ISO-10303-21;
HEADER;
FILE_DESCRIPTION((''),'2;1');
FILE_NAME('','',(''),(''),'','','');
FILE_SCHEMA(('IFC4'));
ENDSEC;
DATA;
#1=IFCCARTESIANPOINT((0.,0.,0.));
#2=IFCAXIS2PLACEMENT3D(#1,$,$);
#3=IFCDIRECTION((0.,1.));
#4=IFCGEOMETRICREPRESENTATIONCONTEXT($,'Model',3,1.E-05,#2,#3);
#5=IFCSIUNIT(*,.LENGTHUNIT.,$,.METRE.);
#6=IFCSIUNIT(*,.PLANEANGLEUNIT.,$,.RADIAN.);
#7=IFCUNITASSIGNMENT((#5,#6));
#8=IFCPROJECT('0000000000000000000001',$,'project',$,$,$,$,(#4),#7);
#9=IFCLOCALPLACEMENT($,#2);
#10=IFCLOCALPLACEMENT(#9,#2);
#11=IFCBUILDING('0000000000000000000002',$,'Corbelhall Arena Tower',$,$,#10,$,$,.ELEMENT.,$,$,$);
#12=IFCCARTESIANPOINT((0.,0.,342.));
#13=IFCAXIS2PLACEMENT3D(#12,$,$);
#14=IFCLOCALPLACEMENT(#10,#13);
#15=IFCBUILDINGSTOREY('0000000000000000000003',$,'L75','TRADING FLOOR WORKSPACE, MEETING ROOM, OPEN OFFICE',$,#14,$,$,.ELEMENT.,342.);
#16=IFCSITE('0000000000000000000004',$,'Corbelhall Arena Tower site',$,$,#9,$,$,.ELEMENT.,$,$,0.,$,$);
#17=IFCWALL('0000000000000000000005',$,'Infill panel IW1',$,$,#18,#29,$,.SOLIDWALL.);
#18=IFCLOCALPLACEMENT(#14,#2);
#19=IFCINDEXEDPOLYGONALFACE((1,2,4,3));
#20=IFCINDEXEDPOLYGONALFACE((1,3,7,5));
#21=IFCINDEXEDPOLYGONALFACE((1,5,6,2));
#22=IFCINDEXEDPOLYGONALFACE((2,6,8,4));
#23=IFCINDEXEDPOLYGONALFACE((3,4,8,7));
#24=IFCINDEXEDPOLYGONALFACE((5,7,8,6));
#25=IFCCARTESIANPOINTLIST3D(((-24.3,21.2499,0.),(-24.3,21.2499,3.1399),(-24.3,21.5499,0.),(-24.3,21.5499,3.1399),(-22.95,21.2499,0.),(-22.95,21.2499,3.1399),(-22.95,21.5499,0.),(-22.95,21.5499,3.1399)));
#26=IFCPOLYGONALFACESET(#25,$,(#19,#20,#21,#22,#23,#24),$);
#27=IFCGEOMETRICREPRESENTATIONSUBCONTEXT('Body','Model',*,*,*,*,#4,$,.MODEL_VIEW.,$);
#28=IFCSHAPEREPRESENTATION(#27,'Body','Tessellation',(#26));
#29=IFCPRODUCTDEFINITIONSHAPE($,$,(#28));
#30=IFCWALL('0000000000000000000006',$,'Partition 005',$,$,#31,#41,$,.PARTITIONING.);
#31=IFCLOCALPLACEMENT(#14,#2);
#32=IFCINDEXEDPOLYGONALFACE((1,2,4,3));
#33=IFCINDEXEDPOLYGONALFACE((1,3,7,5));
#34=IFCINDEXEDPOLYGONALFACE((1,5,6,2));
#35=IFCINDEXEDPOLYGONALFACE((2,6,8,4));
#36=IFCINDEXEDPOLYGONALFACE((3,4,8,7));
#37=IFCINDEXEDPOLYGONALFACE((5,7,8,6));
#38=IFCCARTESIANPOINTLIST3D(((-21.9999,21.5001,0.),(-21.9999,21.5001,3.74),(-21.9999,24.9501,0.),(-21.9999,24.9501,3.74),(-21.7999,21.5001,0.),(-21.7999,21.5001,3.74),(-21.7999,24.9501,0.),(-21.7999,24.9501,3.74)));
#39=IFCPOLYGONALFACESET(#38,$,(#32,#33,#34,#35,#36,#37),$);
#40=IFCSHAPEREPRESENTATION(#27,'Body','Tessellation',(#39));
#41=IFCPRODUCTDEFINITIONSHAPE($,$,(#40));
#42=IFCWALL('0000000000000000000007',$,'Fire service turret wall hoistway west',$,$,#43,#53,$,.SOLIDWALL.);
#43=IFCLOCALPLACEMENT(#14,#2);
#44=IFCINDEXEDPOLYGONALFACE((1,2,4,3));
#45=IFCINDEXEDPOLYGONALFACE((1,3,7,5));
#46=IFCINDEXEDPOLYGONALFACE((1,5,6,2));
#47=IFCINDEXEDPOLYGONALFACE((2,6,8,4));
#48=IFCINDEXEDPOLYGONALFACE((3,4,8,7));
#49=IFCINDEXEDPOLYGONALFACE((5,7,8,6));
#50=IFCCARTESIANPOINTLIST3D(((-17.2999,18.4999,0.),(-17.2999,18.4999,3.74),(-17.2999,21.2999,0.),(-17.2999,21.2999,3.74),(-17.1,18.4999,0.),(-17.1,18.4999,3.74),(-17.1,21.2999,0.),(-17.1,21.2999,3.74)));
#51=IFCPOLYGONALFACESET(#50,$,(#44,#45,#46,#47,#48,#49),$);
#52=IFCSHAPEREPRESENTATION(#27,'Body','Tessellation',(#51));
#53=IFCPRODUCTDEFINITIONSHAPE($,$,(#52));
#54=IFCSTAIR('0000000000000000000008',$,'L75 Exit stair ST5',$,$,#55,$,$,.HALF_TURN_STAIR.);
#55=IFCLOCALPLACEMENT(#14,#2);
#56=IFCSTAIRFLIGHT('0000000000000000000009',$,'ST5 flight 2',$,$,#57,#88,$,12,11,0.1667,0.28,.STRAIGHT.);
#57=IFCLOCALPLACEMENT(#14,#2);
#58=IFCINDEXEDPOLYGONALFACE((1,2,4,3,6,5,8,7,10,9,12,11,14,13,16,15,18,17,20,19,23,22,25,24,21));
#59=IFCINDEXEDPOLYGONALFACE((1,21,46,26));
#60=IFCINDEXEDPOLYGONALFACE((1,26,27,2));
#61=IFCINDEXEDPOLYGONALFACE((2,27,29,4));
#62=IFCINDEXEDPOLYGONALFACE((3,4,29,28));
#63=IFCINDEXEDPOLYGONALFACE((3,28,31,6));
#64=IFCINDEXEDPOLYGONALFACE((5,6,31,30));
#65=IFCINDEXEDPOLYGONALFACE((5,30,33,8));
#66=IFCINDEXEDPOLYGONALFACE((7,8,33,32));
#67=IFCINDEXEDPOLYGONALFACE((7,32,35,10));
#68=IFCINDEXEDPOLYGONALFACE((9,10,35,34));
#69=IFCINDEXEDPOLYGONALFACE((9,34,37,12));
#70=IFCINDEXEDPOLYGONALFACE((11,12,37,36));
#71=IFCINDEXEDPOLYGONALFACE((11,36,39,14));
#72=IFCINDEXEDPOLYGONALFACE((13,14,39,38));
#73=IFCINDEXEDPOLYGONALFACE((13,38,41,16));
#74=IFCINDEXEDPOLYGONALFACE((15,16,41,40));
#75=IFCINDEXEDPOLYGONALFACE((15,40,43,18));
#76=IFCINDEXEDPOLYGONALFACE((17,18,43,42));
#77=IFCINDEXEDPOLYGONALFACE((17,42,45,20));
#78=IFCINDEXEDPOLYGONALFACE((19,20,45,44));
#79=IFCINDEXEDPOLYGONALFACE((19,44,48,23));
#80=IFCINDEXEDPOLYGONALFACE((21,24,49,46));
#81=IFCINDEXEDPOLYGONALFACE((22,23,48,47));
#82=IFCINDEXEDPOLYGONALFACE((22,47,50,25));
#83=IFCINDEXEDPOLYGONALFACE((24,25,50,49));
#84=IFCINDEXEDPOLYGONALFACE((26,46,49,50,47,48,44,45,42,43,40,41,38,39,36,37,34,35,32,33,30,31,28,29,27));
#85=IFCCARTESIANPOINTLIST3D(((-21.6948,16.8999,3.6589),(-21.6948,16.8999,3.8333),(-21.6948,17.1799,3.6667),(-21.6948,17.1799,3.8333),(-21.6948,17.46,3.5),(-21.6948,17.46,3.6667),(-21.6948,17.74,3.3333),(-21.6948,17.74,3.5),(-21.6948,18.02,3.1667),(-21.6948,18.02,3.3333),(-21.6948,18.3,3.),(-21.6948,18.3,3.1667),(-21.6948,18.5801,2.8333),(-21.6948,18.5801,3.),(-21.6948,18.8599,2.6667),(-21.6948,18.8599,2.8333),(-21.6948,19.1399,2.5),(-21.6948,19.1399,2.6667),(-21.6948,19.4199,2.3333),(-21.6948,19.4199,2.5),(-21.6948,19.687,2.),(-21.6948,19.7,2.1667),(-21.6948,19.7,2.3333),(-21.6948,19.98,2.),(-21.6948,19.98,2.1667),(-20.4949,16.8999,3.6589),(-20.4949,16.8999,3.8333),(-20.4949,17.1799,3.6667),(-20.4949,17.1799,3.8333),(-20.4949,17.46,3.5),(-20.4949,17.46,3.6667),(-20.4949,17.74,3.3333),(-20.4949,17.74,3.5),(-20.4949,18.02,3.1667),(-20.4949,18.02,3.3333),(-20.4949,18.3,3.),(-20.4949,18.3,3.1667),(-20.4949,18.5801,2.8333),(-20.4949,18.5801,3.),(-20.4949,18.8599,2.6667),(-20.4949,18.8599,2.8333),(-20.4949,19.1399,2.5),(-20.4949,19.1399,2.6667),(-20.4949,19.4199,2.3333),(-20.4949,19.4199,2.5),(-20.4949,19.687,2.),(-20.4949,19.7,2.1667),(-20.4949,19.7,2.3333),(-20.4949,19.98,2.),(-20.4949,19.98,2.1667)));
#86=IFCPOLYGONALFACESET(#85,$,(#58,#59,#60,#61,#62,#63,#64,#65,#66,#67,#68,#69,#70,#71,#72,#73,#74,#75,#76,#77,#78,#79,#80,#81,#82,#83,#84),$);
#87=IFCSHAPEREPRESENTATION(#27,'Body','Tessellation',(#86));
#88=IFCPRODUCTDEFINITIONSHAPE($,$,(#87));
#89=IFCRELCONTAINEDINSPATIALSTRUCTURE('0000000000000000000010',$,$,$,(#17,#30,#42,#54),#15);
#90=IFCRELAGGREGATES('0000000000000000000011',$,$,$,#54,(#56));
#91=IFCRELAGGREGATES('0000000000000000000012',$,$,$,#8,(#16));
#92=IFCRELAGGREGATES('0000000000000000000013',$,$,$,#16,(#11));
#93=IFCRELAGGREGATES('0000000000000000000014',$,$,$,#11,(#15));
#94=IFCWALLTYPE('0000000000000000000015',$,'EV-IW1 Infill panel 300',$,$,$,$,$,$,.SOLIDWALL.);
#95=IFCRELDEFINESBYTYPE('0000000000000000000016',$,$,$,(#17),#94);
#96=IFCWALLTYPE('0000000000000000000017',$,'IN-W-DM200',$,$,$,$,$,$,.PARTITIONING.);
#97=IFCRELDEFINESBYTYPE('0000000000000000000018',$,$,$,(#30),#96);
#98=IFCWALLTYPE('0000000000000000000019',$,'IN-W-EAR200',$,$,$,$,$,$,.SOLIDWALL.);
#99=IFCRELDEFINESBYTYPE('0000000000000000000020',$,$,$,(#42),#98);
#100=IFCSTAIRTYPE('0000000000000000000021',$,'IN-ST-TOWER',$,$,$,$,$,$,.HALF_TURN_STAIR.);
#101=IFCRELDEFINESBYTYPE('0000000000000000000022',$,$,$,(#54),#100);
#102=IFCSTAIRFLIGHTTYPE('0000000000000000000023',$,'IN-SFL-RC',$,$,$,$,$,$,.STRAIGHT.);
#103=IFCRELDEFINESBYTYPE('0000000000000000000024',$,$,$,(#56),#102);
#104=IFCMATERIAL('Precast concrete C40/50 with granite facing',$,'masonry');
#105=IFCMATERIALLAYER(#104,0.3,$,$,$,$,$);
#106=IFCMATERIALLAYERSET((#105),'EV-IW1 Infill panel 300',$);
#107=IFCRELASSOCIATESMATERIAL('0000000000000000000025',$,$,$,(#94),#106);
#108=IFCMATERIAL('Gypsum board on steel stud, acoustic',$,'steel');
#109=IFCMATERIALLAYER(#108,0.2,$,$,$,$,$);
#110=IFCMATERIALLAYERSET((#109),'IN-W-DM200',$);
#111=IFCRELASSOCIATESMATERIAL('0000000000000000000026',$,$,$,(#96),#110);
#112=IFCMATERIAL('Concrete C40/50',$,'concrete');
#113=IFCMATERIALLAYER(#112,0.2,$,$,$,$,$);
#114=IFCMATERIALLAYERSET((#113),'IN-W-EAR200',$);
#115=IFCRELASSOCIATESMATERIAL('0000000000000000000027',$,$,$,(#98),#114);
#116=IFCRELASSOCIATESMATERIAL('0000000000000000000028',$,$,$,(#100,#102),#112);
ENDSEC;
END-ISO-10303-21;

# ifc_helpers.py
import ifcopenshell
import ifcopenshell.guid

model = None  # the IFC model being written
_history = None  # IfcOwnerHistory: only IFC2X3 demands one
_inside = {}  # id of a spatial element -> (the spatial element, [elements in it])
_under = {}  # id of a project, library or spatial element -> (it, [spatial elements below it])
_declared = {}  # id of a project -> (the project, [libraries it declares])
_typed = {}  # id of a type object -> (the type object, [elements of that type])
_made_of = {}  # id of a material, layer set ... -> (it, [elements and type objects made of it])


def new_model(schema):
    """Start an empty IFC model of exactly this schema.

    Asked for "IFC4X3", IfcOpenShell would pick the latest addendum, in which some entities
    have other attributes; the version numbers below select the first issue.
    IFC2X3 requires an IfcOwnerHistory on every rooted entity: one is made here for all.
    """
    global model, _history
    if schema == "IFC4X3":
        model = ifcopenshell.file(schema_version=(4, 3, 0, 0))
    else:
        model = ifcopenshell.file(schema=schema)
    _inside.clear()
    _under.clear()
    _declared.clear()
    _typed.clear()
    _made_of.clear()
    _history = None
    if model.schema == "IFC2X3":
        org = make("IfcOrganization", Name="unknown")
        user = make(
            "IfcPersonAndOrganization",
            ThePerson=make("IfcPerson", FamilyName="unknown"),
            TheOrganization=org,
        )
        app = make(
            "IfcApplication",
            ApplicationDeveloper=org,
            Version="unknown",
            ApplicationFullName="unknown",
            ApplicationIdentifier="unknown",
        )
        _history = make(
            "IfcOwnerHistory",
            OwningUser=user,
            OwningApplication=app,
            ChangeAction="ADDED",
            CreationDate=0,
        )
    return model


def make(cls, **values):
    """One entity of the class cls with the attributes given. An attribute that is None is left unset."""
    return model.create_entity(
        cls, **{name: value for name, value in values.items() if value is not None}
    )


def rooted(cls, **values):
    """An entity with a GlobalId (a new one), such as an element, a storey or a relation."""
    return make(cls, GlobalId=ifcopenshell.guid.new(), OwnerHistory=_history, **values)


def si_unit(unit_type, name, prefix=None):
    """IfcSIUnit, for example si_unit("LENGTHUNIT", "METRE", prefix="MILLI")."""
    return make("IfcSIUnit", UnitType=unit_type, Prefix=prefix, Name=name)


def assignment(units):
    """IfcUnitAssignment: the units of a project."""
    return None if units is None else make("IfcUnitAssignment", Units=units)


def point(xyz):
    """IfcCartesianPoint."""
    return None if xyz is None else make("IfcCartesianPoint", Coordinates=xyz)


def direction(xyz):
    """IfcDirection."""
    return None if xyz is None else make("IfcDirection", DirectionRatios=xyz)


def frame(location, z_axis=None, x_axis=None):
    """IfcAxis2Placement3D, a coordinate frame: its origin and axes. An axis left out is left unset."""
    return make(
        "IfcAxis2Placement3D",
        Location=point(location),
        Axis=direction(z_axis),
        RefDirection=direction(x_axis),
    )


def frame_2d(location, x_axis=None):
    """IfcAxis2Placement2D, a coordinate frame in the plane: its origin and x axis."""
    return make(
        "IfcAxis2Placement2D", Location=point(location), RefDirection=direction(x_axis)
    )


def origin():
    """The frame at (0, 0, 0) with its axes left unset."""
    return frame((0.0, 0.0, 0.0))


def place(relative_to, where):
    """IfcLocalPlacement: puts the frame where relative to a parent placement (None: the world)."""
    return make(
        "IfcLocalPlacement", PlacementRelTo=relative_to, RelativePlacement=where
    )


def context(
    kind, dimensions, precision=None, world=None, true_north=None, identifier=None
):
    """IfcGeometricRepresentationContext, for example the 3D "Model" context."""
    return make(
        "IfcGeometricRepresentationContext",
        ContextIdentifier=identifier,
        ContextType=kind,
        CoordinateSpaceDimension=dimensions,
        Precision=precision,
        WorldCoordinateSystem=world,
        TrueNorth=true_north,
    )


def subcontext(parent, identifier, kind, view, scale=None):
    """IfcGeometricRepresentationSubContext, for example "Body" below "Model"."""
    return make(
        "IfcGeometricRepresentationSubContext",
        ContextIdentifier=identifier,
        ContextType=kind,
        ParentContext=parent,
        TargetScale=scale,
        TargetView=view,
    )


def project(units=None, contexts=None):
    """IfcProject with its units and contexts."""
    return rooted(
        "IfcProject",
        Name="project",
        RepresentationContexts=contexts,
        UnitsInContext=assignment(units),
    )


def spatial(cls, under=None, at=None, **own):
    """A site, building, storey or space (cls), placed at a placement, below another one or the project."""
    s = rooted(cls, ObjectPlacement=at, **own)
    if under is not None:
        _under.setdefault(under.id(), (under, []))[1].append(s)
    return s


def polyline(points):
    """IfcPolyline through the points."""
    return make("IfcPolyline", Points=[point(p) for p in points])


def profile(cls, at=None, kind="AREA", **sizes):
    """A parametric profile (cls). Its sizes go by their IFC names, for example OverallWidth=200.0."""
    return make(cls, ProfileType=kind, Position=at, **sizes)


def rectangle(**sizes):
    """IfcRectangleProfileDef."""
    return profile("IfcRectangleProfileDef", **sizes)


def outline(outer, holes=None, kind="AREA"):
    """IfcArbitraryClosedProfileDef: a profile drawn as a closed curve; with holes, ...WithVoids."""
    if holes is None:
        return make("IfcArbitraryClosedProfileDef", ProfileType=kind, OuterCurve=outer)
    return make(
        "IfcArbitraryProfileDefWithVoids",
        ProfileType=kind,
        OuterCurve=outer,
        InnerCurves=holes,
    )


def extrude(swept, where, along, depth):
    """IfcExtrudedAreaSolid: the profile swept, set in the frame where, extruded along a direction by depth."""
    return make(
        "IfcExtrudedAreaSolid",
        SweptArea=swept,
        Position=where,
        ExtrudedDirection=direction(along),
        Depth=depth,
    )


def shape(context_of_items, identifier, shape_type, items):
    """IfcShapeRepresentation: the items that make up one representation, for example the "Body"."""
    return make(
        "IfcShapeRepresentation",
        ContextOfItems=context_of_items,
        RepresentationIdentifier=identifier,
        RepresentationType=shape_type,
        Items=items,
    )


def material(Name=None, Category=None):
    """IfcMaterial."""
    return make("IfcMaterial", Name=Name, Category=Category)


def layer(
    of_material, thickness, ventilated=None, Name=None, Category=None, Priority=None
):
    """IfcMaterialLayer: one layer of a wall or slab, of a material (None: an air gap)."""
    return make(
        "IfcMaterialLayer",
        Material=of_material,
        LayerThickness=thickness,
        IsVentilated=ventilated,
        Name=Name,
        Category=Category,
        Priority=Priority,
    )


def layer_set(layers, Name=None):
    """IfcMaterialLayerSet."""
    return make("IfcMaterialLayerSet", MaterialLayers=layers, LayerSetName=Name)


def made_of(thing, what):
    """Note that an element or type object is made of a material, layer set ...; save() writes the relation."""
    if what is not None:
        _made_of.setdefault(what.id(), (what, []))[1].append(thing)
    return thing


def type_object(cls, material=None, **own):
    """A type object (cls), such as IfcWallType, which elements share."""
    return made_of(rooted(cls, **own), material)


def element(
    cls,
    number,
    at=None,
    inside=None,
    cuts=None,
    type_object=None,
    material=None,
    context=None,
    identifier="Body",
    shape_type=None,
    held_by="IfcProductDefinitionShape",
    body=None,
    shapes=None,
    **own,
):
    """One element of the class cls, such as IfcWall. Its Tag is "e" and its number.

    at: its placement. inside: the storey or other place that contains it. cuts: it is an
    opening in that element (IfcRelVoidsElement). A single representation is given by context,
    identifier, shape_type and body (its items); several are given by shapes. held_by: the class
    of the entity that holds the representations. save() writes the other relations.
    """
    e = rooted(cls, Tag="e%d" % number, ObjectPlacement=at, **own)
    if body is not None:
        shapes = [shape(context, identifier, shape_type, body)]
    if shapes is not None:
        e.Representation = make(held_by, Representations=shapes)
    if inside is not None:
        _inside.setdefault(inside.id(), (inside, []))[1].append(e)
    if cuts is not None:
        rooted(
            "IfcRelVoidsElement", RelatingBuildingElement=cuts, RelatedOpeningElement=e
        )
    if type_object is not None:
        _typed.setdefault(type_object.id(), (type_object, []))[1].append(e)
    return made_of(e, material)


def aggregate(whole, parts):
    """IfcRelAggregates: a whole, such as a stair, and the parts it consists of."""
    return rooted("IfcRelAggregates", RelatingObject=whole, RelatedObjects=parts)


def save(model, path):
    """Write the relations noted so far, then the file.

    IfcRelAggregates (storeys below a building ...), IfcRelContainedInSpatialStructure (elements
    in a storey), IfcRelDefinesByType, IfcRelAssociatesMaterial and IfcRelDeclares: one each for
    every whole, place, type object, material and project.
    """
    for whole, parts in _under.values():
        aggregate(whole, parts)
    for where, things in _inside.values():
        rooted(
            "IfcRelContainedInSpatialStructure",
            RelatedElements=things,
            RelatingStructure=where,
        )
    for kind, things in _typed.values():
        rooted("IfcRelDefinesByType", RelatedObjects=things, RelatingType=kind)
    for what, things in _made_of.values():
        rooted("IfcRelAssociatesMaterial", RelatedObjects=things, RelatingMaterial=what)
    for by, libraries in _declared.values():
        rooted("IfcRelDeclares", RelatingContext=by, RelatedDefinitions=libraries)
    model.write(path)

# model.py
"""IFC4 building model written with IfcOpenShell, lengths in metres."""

from ifc_helpers import new_model, si_unit, direction, frame, frame_2d, origin, place, context, subcontext, project, spatial, polyline, rectangle, outline, extrude, material, layer, layer_set, type_object, element, aggregate, save


model = new_model("IFC4")

# Units and contexts
model_context = context("Model", 3, precision=1e-05, world=origin(), true_north=direction((0.0, 1.0)))
body_context = subcontext(model_context, "Body", "Model", "MODEL_VIEW")
ifc_project = project(units=[si_unit("LENGTHUNIT", "METRE"), si_unit("PLANEANGLEUNIT", "RADIAN")], contexts=[model_context])

# Site, building, storey
site_placement = place(None, origin())
site = spatial("IfcSite", under=ifc_project, at=site_placement, Name="Corbelhall Arena Tower site", CompositionType="ELEMENT", RefElevation=0.0)
building_placement = place(site_placement, origin())
building = spatial("IfcBuilding", under=site, at=building_placement, Name="Corbelhall Arena Tower", CompositionType="ELEMENT")
storey_placement = place(building_placement, frame((0.0, 0.0, 342.0)))
storey = spatial("IfcBuildingStorey", under=building, at=storey_placement, Name="L75", Description="TRADING FLOOR WORKSPACE, MEETING ROOM, OPEN OFFICE", CompositionType="ELEMENT", Elevation=342.0)

# Shared definitions
ifc_material_1 = material(Name="Precast concrete C40/50 with granite facing", Category="masonry")
ifc_layer_1 = layer(ifc_material_1, 0.3)
ifc_layer_set_1 = layer_set([ifc_layer_1], Name="EV-IW1 Infill panel 300")
wall_type_1 = type_object("IfcWallType", Name="EV-IW1 Infill panel 300", PredefinedType="SOLIDWALL", material=ifc_layer_set_1)

# Walls
wall_1_placement = place(storey_placement, frame((-22.95, 21.3999, 0.0), z_axis=(0.0, 0.0, 1.0), x_axis=(-1.0, 0.0, 0.0)))
element("IfcWall", 1, at=wall_1_placement, inside=storey, type_object=wall_type_1, Name="Infill panel IW1", PredefinedType="SOLIDWALL", context=body_context, shape_type="SweptSolid", body=[
    extrude(rectangle(XDim=1.3501, YDim=0.3, at=frame_2d((0.675, 0.0))), origin(), (0.0, 0.0, 1.0), 3.1399),
])
ifc_material_2 = material(Name="Gypsum board on steel stud, acoustic", Category="steel")
ifc_layer_2 = layer(ifc_material_2, 0.2)
ifc_layer_set_2 = layer_set([ifc_layer_2], Name="IN-W-DM200")
wall_type_2 = type_object("IfcWallType", Name="IN-W-DM200", PredefinedType="PARTITIONING", material=ifc_layer_set_2)
wall_2_placement = place(storey_placement, frame((-21.8999, 21.5, 0.0), z_axis=(0.0, 0.0, 1.0), x_axis=(0.0, 1.0, 0.0)))
element("IfcWall", 2, at=wall_2_placement, inside=storey, type_object=wall_type_2, Name="Partition 005", PredefinedType="PARTITIONING", context=body_context, shape_type="SweptSolid", body=[
    extrude(rectangle(XDim=3.45, YDim=0.2, at=frame_2d((1.7251, 0.0))), origin(), (0.0, 0.0, 1.0), 3.74),
])

# Shared definitions
ifc_material_3 = material(Name="Concrete C40/50", Category="concrete")
ifc_layer_3 = layer(ifc_material_3, 0.2)
ifc_layer_set_3 = layer_set([ifc_layer_3], Name="IN-W-EAR200")
wall_type_3 = type_object("IfcWallType", Name="IN-W-EAR200", PredefinedType="SOLIDWALL", material=ifc_layer_set_3)

# Wall
wall_3_placement = place(storey_placement, frame((-17.2, 18.5, 0.0), z_axis=(0.0, 0.0, 1.0), x_axis=(0.0, 1.0, 0.0)))
element("IfcWall", 3, at=wall_3_placement, inside=storey, type_object=wall_type_3, Name="Fire service turret wall hoistway west", PredefinedType="SOLIDWALL", context=body_context, shape_type="SweptSolid", body=[
    extrude(rectangle(XDim=2.8, YDim=0.2, at=frame_2d((1.3999, 0.0))), origin(), (0.0, 0.0, 1.0), 3.74),
])

# Stair, stair flight
stair_type = type_object("IfcStairType", Name="IN-ST-TOWER", PredefinedType="HALF_TURN_STAIR", material=ifc_material_3)
stair_placement = place(storey_placement, origin())
stair = element("IfcStair", 4, at=stair_placement, inside=storey, type_object=stair_type, Name="L75 Exit stair ST5", PredefinedType="HALF_TURN_STAIR")
stair_flight_type = type_object("IfcStairFlightType", Name="IN-SFL-RC", PredefinedType="STRAIGHT", material=ifc_material_3)
stair_flight_placement = place(storey_placement, frame((-21.095, 19.98, 2.0), z_axis=(0.0, 0.0, 1.0), x_axis=(0.0, -1.0, 0.0)))
stair_flight = element("IfcStairFlight", 5, at=stair_flight_placement, type_object=stair_flight_type, Name="ST5 flight 2", NumberOfRisers=12, NumberOfTreads=11, PredefinedType="STRAIGHT", RiserHeight=0.1667, TreadLength=0.28, context=body_context, shape_type="SweptSolid", body=[
    extrude(outline(polyline([(0.0, 0.0), (0.0, 0.1667), (0.28, 0.1667), (0.28, 0.3333), (0.5601, 0.3333), (0.5601, 0.5), (0.8401, 0.5), (0.8401, 0.6667), (1.1201, 0.6667), (1.1201, 0.8333), (1.3999, 0.8333), (1.3999, 1.0), (1.6799, 1.0), (1.6799, 1.1667), (1.96, 1.1667), (1.96, 1.3333), (2.24, 1.3333), (2.24, 1.5), (2.52, 1.5), (2.52, 1.6667), (2.8, 1.6667), (2.8, 1.8333), (3.0801, 1.8333), (3.0801, 2.0), (3.0801, 1.6589), (0.293, 0.0), (0.0, 0.0)])), frame((0.0, 0.6001, 0.0), z_axis=(0.0, -1.0, 0.0), x_axis=(1.0, 0.0, 0.0)), (0.0, 0.0, 1.0), 1.2),
])
aggregate(stair, [stair_flight])

save(model, "model.ifc")
